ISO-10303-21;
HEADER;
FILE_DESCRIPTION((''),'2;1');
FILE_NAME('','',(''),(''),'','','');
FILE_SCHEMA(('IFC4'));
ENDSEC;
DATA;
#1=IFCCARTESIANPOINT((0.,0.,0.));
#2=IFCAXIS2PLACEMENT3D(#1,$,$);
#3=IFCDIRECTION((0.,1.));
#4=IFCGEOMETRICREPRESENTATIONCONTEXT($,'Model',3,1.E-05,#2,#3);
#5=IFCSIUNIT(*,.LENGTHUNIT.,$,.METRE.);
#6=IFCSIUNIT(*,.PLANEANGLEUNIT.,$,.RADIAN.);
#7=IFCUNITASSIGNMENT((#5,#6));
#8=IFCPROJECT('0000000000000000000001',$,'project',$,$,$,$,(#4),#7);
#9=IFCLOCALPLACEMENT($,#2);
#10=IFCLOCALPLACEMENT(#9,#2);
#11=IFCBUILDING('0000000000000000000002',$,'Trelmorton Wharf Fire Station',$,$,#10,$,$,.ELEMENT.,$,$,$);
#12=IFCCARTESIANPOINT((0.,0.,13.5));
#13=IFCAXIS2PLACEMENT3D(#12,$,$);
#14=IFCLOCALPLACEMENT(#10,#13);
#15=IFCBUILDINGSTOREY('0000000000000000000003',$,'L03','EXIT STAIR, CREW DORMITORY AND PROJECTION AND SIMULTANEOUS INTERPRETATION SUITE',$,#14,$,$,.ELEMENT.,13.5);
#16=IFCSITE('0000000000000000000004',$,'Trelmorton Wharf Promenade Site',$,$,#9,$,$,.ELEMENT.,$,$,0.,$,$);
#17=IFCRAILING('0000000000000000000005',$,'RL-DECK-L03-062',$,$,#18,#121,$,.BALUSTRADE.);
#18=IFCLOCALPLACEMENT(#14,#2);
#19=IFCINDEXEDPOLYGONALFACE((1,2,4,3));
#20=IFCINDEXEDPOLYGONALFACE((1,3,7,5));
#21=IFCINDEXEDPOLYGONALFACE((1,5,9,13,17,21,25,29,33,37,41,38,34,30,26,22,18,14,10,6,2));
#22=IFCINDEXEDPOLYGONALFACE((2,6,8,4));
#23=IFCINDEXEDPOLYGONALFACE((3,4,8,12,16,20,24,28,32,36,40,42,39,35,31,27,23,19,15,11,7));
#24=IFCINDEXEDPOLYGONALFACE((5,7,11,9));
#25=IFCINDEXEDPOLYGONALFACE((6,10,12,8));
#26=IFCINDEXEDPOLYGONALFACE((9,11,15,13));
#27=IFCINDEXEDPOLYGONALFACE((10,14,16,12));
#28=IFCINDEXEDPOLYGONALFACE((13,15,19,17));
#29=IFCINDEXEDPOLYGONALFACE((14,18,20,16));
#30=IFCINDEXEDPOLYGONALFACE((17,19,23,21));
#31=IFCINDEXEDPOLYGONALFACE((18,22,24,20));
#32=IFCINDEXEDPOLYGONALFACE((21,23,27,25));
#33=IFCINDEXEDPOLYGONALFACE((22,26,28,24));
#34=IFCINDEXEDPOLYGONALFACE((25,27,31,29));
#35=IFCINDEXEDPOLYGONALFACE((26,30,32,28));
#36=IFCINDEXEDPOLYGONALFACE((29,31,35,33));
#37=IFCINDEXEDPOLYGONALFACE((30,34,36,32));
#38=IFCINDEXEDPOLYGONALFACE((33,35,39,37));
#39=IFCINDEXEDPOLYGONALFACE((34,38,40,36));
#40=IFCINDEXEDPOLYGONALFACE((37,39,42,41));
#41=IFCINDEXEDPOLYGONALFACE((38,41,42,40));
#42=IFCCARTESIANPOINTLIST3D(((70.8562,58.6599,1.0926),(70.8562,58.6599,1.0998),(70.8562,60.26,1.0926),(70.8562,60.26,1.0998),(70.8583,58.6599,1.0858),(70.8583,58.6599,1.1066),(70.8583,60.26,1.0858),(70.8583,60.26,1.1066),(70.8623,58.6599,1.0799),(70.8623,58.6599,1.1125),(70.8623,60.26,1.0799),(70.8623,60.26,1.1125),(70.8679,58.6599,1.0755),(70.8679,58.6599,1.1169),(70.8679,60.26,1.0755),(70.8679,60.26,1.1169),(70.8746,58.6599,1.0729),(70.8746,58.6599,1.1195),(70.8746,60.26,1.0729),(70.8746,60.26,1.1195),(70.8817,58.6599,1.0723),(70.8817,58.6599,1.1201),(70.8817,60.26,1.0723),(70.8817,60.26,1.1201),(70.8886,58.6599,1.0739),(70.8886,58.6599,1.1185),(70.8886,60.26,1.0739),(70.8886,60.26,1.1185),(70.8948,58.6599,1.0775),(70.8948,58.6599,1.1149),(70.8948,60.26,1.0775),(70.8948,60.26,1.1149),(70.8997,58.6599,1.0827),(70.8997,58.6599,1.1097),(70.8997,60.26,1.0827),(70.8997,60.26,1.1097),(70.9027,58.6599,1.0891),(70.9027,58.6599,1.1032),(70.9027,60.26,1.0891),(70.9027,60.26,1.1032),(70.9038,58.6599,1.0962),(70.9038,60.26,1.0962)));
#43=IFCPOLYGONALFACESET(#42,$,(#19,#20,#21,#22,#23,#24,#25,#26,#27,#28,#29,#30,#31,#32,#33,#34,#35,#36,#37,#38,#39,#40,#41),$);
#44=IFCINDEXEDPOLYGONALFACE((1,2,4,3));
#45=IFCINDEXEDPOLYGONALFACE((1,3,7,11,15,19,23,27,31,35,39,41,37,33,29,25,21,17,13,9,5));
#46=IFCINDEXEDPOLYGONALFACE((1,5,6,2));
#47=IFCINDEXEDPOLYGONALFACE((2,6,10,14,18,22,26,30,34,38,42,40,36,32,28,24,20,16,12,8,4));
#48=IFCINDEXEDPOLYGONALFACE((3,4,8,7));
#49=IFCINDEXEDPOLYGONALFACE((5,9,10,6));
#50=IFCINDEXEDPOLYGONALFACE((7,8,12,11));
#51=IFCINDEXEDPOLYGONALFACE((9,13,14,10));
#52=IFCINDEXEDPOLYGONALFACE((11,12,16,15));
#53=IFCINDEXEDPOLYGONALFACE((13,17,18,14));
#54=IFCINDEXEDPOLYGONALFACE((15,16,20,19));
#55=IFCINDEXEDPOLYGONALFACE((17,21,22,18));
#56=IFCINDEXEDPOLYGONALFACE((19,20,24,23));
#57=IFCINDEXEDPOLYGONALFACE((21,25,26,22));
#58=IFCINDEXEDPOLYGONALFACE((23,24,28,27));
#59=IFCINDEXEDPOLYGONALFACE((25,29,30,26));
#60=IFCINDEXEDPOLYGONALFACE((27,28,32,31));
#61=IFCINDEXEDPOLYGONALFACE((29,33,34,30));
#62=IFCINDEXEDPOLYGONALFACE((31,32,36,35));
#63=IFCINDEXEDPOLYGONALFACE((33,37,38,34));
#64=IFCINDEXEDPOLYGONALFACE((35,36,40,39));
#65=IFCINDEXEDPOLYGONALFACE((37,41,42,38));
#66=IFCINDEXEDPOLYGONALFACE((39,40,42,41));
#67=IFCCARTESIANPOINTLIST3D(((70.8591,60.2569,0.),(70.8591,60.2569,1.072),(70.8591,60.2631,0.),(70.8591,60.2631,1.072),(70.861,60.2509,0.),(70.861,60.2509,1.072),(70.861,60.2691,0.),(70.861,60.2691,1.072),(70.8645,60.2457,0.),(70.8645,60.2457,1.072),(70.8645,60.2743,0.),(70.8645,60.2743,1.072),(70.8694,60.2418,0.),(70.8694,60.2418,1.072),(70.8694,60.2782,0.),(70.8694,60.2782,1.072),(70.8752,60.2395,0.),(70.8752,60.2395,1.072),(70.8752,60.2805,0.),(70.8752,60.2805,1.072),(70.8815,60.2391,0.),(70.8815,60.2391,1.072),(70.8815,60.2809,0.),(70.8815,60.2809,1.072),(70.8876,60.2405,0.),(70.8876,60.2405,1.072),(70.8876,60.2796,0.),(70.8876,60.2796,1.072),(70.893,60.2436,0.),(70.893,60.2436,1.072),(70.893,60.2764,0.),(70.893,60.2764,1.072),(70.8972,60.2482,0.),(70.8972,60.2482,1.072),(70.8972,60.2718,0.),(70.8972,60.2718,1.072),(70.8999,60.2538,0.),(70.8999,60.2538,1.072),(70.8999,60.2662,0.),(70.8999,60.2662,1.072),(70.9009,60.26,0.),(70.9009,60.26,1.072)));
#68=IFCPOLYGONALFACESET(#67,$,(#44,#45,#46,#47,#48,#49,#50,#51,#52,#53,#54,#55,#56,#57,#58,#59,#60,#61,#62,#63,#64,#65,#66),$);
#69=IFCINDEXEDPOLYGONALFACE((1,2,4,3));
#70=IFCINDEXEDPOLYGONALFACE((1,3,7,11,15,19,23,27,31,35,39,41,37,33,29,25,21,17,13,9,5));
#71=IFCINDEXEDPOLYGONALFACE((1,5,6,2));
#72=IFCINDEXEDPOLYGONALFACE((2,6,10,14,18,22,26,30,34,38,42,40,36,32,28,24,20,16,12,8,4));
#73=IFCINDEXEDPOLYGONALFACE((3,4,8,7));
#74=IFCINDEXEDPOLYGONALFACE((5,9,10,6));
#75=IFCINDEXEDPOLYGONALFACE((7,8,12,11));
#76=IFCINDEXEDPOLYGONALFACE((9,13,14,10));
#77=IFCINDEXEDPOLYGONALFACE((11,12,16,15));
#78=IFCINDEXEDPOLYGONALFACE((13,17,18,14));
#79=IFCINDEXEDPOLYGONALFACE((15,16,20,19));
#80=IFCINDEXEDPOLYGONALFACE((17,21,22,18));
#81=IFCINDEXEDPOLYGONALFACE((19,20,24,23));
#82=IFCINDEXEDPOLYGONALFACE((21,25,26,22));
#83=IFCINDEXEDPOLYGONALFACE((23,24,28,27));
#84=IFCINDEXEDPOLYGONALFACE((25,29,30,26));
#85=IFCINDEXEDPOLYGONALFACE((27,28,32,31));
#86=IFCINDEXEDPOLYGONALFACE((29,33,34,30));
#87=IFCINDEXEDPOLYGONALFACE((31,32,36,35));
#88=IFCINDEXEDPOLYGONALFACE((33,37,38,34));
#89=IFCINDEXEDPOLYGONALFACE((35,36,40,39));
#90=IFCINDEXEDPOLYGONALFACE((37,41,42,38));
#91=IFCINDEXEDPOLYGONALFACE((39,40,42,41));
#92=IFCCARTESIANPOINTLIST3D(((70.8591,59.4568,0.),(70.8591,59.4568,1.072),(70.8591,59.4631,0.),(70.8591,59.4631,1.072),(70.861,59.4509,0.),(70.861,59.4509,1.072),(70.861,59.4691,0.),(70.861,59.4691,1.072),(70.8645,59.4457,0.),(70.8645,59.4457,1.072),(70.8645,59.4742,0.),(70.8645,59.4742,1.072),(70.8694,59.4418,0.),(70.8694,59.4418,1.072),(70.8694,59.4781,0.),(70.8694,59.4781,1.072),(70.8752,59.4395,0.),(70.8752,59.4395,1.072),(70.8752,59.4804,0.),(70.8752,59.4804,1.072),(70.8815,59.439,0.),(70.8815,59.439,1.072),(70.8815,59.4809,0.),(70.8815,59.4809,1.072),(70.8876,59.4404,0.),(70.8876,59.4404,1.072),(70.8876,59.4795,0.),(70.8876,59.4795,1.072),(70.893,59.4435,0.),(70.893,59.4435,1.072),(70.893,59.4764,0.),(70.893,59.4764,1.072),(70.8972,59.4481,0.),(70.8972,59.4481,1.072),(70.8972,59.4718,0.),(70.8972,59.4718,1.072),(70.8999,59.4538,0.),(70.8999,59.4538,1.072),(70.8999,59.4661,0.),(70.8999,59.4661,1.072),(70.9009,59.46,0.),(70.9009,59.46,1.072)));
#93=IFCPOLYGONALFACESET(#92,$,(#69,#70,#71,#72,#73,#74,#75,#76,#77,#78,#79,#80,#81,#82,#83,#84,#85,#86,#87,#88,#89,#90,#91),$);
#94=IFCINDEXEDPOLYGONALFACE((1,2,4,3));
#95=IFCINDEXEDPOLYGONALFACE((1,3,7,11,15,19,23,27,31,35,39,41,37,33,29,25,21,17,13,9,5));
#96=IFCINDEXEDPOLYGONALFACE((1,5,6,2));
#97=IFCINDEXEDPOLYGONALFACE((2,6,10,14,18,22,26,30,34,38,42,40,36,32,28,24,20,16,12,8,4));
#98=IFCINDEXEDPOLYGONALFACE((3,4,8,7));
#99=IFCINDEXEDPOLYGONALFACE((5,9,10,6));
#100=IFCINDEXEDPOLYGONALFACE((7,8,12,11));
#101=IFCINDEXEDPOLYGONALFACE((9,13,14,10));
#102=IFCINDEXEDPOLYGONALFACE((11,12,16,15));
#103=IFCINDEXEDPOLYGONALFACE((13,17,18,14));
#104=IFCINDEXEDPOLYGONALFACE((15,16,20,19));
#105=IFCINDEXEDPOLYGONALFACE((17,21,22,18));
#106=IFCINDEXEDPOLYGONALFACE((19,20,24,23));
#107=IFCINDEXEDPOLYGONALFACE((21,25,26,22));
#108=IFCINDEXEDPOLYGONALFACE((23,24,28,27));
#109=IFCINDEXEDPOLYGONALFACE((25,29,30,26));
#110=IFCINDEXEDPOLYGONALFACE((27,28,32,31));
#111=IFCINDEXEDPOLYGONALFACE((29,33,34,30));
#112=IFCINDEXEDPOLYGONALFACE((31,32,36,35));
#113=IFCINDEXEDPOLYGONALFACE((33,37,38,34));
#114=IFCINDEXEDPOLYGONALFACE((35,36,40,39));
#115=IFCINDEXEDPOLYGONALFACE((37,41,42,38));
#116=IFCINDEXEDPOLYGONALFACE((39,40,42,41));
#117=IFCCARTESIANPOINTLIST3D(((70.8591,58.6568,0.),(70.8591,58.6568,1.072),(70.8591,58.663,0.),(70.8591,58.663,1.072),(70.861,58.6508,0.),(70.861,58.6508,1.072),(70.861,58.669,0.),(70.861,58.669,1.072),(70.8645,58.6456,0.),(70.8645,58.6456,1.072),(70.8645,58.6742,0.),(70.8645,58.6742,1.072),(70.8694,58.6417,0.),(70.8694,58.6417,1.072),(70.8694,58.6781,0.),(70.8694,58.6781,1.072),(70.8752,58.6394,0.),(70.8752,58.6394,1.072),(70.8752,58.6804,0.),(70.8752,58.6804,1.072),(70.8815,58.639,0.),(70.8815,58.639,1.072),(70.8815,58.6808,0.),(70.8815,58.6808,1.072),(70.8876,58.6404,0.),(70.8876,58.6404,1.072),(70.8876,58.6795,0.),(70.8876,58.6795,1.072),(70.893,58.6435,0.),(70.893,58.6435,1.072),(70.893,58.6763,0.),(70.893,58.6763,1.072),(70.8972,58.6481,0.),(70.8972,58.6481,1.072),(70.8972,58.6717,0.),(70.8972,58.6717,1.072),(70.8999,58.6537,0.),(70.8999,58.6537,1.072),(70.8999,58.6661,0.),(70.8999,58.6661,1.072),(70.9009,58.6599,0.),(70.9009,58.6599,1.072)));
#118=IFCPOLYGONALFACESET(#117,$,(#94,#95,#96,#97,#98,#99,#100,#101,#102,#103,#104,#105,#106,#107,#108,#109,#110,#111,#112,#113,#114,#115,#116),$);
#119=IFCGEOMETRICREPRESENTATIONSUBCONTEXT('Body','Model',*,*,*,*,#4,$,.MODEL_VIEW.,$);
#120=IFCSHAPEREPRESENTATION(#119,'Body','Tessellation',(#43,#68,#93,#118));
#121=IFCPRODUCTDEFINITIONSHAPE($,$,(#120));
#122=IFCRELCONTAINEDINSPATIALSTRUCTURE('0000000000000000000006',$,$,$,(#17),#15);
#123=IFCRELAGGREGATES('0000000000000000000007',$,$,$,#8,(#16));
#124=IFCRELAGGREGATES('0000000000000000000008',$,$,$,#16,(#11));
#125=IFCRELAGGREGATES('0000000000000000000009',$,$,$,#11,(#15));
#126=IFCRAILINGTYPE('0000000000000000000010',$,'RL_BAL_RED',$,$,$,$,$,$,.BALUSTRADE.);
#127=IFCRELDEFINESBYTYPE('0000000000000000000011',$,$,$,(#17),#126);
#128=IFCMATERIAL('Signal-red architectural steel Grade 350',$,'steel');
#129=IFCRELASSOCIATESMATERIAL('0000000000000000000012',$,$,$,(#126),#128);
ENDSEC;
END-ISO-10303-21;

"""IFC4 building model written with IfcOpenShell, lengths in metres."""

from ifc_helpers import new_model, si_unit, direction, frame, origin, origin_2d, place, context, subcontext, project, spatial, circle, extrude, material, type_object, element, save


model = new_model("IFC4")

# Units and contexts
model_context = context("Model", 3, precision=1e-05, world=origin(), true_north=direction((0.0, 1.0)))
body_context = subcontext(model_context, "Body", "Model", "MODEL_VIEW")
ifc_project = project(units=[si_unit("LENGTHUNIT", "METRE"), si_unit("PLANEANGLEUNIT", "RADIAN")], contexts=[model_context])

# Site, building, storey
site_placement = place(None, origin())
site = spatial("IfcSite", under=ifc_project, at=site_placement, Name="Trelmorton Wharf Promenade Site", CompositionType="ELEMENT", RefElevation=0.0)
building_placement = place(site_placement, origin())
building = spatial("IfcBuilding", under=site, at=building_placement, Name="Trelmorton Wharf Fire Station", CompositionType="ELEMENT")
storey_placement = place(building_placement, frame((0.0, 0.0, 13.5)))
storey = spatial("IfcBuildingStorey", under=building, at=storey_placement, Name="L03", Description="EXIT STAIR, CREW DORMITORY AND PROJECTION AND SIMULTANEOUS INTERPRETATION SUITE", CompositionType="ELEMENT", Elevation=13.5)

# Shared definitions
ifc_material_1 = material(Name="Signal-red architectural steel Grade 350", Category="steel")

# Railing
railing_type_1 = type_object("IfcRailingType", Name="RL_BAL_RED", PredefinedType="BALUSTRADE", material=ifc_material_1)
railing_1_placement = place(storey_placement, frame((70.8799, 60.26, 0.0)))
element("IfcRailing", 1, at=railing_1_placement, inside=storey, type_object=railing_type_1, Name="RL-DECK-L03-062", PredefinedType="BALUSTRADE", context=body_context, shape_type="SweptSolid", body=[
    extrude(circle(Radius=0.0239, at=origin_2d()), frame((0.0, 0.0, 1.0962), z_axis=(0.0, -1.0, 0.0), x_axis=(1.0, 0.0, 0.0)), (0.0, 0.0, 1.0), 1.6001),
    extrude(circle(Radius=0.021, at=origin_2d()), origin(), (0.0, 0.0, 1.0), 1.072),
    extrude(circle(Radius=0.021, at=origin_2d()), frame((0.0, -0.8, 0.0)), (0.0, 0.0, 1.0), 1.072),
    extrude(circle(Radius=0.021, at=origin_2d()), frame((0.0, -1.6001, 0.0)), (0.0, 0.0, 1.0), 1.072),
])

save(model, "model.ifc")
